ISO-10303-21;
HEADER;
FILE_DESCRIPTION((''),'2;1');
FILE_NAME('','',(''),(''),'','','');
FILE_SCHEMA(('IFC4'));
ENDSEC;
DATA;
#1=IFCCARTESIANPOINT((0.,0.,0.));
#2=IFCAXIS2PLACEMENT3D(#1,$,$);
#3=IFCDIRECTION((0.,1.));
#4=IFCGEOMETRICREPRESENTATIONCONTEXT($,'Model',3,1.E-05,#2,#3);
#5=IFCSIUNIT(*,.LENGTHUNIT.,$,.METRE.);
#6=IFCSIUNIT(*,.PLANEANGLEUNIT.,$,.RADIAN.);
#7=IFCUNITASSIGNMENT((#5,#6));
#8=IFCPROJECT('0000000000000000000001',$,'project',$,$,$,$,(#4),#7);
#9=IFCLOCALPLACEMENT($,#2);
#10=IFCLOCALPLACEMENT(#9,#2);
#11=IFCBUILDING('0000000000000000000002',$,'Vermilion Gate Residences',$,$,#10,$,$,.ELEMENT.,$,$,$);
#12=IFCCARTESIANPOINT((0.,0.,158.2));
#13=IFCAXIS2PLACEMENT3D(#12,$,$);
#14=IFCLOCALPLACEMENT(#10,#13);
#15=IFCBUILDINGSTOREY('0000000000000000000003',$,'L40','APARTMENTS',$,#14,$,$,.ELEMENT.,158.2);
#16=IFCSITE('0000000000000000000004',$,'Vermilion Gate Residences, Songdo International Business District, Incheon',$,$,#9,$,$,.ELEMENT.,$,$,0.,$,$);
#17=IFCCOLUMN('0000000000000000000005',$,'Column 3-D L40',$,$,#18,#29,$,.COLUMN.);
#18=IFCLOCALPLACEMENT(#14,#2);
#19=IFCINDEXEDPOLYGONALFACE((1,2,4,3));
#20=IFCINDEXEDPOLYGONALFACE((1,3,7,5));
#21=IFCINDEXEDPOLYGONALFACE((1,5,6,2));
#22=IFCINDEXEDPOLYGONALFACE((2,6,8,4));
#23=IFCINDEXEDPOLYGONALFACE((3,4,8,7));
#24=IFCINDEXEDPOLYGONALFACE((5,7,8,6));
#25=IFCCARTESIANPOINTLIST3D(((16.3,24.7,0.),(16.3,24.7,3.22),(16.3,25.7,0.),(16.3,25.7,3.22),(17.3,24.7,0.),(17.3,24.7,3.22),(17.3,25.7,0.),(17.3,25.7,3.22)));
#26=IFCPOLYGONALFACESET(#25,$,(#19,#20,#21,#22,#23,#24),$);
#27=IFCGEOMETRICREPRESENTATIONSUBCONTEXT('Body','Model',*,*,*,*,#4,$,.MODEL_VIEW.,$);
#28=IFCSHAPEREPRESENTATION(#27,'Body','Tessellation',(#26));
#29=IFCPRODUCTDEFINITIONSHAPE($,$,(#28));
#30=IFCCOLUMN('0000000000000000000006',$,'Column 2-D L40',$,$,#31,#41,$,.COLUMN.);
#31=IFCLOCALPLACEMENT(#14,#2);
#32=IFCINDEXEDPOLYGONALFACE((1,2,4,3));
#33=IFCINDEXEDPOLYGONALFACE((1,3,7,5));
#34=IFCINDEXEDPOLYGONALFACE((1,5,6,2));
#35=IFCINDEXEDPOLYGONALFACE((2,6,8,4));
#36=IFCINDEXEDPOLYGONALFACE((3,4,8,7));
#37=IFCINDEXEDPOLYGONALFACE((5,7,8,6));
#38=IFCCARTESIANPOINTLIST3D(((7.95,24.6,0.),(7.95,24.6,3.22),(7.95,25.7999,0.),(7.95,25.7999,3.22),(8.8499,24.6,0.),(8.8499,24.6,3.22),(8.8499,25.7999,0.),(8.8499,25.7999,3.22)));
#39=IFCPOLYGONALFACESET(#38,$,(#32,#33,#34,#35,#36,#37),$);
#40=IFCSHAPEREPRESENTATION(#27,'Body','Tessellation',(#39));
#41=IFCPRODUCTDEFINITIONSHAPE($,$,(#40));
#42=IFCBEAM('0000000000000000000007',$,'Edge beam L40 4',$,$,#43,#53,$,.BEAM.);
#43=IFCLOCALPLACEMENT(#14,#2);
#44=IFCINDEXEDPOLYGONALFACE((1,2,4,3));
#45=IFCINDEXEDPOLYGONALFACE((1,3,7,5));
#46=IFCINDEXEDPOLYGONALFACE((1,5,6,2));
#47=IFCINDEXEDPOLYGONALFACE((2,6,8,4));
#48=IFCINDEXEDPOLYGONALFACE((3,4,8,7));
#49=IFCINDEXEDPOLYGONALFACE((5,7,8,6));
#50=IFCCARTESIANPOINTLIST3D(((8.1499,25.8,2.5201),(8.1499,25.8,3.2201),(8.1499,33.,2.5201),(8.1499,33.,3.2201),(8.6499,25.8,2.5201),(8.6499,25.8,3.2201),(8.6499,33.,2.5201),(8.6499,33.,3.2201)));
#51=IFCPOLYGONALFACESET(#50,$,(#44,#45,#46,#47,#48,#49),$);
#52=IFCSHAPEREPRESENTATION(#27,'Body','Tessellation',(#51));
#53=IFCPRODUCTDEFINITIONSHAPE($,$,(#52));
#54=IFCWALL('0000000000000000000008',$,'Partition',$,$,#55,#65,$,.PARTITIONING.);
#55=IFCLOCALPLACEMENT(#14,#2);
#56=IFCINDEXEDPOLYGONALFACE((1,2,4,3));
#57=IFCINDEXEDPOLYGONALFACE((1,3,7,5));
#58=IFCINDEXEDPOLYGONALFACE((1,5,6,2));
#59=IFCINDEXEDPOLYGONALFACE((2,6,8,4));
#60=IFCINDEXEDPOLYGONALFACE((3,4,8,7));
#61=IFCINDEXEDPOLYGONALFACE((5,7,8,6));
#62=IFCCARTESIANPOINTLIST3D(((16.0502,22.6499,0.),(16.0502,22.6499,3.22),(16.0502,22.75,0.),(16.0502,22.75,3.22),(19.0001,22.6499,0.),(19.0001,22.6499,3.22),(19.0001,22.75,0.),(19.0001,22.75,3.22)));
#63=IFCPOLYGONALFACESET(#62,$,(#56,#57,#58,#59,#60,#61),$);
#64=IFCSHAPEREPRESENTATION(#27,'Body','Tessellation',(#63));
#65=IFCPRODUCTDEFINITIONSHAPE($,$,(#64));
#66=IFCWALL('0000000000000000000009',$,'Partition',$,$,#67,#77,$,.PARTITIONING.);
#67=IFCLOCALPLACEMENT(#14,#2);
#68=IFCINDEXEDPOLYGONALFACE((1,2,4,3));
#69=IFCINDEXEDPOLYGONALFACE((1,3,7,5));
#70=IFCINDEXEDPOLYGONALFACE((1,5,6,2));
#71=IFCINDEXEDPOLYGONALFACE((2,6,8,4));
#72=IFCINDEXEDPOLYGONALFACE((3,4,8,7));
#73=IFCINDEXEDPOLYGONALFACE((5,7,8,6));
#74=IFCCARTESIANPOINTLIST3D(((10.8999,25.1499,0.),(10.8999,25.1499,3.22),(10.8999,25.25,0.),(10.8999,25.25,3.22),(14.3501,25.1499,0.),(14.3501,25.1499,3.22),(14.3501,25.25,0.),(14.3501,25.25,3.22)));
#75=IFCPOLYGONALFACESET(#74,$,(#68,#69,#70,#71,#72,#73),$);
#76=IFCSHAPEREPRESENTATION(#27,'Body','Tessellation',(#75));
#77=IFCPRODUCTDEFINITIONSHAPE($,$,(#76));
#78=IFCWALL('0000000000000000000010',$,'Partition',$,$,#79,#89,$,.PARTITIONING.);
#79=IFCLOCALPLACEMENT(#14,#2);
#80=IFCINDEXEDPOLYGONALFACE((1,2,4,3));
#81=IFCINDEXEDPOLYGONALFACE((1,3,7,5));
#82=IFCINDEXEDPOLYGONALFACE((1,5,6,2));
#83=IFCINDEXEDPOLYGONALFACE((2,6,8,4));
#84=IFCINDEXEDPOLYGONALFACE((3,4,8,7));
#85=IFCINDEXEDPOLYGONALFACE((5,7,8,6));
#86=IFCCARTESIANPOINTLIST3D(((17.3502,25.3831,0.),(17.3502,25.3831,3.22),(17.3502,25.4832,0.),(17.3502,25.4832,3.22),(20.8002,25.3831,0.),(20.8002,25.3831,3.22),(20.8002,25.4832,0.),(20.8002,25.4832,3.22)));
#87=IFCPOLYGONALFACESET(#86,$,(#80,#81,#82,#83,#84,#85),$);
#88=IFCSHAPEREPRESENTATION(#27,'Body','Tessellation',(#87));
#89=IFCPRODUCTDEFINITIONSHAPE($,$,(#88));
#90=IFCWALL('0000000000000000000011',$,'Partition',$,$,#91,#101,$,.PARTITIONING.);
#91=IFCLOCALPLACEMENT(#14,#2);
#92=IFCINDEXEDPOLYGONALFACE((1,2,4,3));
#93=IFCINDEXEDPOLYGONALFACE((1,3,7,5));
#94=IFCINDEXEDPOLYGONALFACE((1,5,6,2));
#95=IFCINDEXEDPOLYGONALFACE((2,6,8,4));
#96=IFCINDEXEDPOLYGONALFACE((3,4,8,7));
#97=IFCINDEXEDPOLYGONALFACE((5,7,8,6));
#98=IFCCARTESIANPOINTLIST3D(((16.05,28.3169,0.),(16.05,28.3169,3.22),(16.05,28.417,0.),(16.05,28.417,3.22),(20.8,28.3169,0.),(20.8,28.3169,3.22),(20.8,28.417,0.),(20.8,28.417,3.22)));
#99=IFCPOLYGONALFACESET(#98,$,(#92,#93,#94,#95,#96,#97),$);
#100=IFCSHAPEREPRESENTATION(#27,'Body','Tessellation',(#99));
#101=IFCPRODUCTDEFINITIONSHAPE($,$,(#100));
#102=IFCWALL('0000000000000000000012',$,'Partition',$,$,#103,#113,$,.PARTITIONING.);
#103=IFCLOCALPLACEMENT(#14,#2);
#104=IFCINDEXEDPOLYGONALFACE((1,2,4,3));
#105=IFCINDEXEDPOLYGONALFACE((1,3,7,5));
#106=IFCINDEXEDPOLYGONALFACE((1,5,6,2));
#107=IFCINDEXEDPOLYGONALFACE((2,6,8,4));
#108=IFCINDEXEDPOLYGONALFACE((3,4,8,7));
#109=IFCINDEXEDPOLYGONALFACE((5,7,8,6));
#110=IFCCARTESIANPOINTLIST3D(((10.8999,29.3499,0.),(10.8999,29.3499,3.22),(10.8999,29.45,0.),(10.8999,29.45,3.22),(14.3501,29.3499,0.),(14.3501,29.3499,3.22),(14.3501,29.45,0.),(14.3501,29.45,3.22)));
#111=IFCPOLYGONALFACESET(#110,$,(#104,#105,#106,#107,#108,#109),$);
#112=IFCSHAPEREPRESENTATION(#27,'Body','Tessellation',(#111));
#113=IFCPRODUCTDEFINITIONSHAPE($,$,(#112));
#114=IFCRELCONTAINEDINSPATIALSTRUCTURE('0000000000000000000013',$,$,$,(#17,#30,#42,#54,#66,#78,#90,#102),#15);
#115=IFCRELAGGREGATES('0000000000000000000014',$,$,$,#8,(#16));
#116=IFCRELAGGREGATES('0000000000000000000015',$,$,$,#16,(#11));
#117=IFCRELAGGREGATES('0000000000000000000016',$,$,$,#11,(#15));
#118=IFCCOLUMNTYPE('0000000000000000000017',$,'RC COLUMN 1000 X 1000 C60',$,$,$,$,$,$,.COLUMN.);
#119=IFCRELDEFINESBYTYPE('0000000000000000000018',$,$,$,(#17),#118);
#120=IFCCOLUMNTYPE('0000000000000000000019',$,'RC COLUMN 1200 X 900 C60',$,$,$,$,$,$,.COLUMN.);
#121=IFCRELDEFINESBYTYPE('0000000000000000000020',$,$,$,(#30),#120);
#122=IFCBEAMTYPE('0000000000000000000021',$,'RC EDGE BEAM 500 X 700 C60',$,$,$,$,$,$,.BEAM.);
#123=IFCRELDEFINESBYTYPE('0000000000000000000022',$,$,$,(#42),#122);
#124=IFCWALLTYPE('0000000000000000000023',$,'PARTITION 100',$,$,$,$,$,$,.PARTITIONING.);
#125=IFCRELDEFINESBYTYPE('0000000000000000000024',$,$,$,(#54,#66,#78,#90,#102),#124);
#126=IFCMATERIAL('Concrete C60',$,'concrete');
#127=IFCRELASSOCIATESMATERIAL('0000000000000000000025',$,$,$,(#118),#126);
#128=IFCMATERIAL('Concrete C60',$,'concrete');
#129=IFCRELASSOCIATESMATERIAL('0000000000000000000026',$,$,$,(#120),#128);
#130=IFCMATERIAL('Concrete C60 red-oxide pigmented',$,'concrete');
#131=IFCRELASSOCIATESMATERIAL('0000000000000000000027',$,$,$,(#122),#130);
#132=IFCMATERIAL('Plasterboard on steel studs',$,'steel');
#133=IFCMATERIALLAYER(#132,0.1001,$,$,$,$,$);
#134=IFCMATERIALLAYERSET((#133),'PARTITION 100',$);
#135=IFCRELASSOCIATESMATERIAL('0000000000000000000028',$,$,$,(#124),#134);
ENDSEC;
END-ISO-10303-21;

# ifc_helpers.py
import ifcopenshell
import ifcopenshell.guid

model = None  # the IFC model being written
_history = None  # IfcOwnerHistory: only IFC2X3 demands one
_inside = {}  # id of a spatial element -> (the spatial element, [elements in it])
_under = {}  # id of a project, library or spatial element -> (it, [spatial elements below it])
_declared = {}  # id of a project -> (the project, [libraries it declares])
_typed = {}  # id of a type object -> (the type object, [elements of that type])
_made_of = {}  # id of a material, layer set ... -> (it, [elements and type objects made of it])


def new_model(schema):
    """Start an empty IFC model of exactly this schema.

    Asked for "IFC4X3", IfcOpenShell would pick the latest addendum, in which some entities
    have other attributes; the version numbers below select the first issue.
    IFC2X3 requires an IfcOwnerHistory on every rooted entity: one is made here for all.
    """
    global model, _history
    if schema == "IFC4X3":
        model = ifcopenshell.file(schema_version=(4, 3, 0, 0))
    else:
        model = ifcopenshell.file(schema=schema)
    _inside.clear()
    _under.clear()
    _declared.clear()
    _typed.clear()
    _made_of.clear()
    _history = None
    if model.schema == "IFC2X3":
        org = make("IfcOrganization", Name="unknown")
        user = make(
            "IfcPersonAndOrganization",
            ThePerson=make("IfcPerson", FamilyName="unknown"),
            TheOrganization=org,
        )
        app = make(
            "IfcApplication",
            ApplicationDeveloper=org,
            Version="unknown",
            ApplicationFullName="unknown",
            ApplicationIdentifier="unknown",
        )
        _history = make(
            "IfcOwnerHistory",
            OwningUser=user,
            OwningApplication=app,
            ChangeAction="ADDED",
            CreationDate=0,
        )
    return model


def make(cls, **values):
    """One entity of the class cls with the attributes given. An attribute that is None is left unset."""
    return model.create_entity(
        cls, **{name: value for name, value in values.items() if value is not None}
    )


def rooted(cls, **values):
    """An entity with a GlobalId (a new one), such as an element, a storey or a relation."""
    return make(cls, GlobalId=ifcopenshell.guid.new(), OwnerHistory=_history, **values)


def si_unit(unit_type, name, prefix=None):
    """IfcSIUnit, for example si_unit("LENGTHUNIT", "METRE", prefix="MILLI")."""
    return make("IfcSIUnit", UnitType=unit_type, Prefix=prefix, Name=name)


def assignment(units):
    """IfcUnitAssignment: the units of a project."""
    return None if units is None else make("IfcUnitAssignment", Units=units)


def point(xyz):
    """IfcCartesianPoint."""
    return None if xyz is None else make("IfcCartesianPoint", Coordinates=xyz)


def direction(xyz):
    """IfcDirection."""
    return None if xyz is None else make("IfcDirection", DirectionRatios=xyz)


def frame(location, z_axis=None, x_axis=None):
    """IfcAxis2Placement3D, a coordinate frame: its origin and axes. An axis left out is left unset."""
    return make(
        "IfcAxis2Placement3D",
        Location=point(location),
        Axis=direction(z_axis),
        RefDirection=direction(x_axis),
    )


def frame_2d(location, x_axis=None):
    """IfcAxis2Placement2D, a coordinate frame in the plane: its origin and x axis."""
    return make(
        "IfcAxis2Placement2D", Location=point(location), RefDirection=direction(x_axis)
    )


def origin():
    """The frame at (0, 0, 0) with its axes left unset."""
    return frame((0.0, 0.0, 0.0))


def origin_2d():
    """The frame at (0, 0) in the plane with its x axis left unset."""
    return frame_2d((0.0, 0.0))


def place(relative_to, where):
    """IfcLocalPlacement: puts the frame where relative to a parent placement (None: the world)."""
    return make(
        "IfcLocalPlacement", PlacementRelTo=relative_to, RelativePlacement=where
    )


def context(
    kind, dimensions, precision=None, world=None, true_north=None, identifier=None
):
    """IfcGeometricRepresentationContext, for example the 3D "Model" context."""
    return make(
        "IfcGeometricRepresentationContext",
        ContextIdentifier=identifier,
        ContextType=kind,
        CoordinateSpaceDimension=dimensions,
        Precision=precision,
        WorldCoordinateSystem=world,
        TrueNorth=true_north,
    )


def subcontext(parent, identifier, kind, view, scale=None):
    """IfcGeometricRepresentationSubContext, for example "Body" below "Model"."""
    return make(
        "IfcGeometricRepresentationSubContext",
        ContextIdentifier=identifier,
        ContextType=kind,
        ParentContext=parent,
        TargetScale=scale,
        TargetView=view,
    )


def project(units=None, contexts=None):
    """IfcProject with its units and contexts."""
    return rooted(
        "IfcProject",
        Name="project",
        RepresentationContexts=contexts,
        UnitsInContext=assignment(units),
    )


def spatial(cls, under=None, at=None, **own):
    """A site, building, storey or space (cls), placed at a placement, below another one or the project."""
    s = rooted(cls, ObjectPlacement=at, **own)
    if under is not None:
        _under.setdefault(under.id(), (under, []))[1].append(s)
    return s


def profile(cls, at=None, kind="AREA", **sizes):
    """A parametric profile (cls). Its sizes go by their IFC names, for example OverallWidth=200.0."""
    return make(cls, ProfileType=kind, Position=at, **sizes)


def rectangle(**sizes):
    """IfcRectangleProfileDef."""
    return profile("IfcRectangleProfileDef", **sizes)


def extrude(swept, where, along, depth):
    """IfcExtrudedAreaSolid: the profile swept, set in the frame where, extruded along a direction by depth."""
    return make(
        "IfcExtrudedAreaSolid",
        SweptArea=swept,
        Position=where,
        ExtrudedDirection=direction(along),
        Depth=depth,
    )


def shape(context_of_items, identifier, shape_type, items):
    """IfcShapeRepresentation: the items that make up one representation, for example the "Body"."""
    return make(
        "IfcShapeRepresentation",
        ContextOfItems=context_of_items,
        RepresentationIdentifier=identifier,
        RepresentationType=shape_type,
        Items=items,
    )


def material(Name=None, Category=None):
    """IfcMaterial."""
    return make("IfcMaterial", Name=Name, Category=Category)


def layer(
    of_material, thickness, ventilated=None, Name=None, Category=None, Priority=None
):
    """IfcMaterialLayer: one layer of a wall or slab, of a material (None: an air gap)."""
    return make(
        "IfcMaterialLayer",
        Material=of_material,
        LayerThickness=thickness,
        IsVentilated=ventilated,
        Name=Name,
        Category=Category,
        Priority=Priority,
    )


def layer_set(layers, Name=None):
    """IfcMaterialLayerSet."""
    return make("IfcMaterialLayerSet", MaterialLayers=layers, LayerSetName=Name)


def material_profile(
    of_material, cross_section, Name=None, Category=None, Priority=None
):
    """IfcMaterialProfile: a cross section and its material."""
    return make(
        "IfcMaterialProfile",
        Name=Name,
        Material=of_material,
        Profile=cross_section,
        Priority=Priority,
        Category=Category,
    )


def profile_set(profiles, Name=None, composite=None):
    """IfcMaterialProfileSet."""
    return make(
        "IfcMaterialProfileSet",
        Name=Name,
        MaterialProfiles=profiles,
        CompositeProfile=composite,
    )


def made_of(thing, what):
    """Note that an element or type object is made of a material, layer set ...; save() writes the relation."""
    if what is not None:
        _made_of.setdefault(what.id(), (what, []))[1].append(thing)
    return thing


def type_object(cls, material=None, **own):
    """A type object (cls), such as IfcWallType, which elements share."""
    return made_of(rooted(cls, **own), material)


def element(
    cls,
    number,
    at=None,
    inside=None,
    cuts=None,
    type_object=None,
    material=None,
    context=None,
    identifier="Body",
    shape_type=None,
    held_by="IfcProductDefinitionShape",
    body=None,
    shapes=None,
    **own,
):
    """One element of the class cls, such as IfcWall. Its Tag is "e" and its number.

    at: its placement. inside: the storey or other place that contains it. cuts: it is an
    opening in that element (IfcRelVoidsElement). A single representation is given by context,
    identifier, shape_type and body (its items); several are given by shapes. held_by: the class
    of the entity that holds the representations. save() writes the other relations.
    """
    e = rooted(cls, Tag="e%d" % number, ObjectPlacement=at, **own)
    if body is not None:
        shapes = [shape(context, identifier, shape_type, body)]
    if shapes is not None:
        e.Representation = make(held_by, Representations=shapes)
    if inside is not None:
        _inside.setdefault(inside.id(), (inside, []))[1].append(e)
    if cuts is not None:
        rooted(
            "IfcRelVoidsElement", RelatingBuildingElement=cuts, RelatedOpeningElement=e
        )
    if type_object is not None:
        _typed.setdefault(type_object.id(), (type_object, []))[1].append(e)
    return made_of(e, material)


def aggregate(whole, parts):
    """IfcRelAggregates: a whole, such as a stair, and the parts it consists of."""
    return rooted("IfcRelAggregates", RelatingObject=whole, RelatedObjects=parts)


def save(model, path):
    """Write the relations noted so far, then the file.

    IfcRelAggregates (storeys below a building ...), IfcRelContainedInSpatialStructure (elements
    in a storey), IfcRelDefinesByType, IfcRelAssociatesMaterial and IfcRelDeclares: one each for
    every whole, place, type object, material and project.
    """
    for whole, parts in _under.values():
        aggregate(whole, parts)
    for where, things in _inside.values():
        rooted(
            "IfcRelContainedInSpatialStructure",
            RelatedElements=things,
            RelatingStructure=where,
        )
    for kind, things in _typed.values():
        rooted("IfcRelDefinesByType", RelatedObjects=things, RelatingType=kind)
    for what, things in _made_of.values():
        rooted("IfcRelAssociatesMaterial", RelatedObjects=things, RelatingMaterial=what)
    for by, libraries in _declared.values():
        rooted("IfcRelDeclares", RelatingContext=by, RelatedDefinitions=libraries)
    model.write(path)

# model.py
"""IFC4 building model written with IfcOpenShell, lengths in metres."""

from ifc_helpers import new_model, si_unit, direction, frame, frame_2d, origin, origin_2d, place, context, subcontext, project, spatial, rectangle, extrude, material, layer, layer_set, material_profile, profile_set, type_object, element, save


model = new_model("IFC4")

# Units and contexts
model_context = context("Model", 3, precision=1e-05, world=origin(), true_north=direction((0.0, 1.0)))
body_context = subcontext(model_context, "Body", "Model", "MODEL_VIEW")
ifc_project = project(units=[si_unit("LENGTHUNIT", "METRE"), si_unit("PLANEANGLEUNIT", "RADIAN")], contexts=[model_context])

# Site, building, storey
site_placement = place(None, origin())
site = spatial("IfcSite", under=ifc_project, at=site_placement, Name="Vermilion Gate Residences, Songdo International Business District, Incheon", CompositionType="ELEMENT", RefElevation=0.0)
building_placement = place(site_placement, origin())
building = spatial("IfcBuilding", under=site, at=building_placement, Name="Vermilion Gate Residences", CompositionType="ELEMENT")
storey_placement = place(building_placement, frame((0.0, 0.0, 158.2)))
storey = spatial("IfcBuildingStorey", under=building, at=storey_placement, Name="L40", Description="APARTMENTS", CompositionType="ELEMENT", Elevation=158.2)

# Columns
ifc_material_1 = material(Name="Concrete C60", Category="concrete")
ifc_material_profile_1 = material_profile(ifc_material_1, rectangle(XDim=1.0, YDim=1.0, at=origin_2d()), Name="RC-1000x1000")
ifc_profile_set_1 = profile_set([ifc_material_profile_1], Name="Concrete C60")
column_type_1 = type_object("IfcColumnType", Name="RC COLUMN 1000 X 1000 C60", PredefinedType="COLUMN", material=ifc_profile_set_1)
column_1_placement = place(storey_placement, frame((16.8, 25.2, 0.0), z_axis=(0.0, 0.0, 1.0), x_axis=(1.0, 0.0, 0.0)))
element("IfcColumn", 1, at=column_1_placement, inside=storey, type_object=column_type_1, Name="Column 3-D L40", PredefinedType="COLUMN", context=body_context, shape_type="SweptSolid", body=[
    extrude(rectangle(XDim=1.0, YDim=1.0, at=origin_2d()), origin(), (0.0, 0.0, 1.0), 3.22),
])
ifc_material_2 = material(Name="Concrete C60", Category="concrete")
ifc_material_profile_2 = material_profile(ifc_material_2, rectangle(XDim=1.2, YDim=0.8999, at=origin_2d()), Name="RC-1200x900")
ifc_profile_set_2 = profile_set([ifc_material_profile_2], Name="Concrete C60")
column_type_2 = type_object("IfcColumnType", Name="RC COLUMN 1200 X 900 C60", PredefinedType="COLUMN", material=ifc_profile_set_2)
column_2_placement = place(storey_placement, frame((8.3999, 25.2, 0.0), z_axis=(0.0, 0.0, 1.0), x_axis=(0.0, 1.0, 0.0)))
element("IfcColumn", 2, at=column_2_placement, inside=storey, type_object=column_type_2, Name="Column 2-D L40", PredefinedType="COLUMN", context=body_context, shape_type="SweptSolid", body=[
    extrude(rectangle(XDim=1.2, YDim=0.8999, at=origin_2d()), origin(), (0.0, 0.0, 1.0), 3.22),
])

# Beam
ifc_material_3 = material(Name="Concrete C60 red-oxide pigmented", Category="concrete")
ifc_material_profile_3 = material_profile(ifc_material_3, rectangle(XDim=0.5, YDim=0.7, at=origin_2d()), Name="RC-500x700")
ifc_profile_set_3 = profile_set([ifc_material_profile_3], Name="Concrete C60 red-oxide pigmented")
beam_type = type_object("IfcBeamType", Name="RC EDGE BEAM 500 X 700 C60", PredefinedType="BEAM", material=ifc_profile_set_3)
beam_placement = place(storey_placement, frame((8.3999, 25.8, 2.8701), z_axis=(0.0, 1.0, 0.0), x_axis=(-1.0, 0.0, 0.0)))
element("IfcBeam", 3, at=beam_placement, inside=storey, type_object=beam_type, Name="Edge beam L40 4", PredefinedType="BEAM", context=body_context, shape_type="SweptSolid", body=[
    extrude(rectangle(XDim=0.5, YDim=0.7, at=origin_2d()), origin(), (0.0, 0.0, 1.0), 7.2),
])

# Walls
ifc_material_4 = material(Name="Plasterboard on steel studs", Category="steel")
ifc_layer_1 = layer(ifc_material_4, 0.1001)
ifc_layer_set_1 = layer_set([ifc_layer_1], Name="PARTITION 100")
wall_type_1 = type_object("IfcWallType", Name="PARTITION 100", PredefinedType="PARTITIONING", material=ifc_layer_set_1)
wall_1_placement = place(storey_placement, frame((16.05, 22.7, 0.0), z_axis=(0.0, 0.0, 1.0), x_axis=(1.0, 0.0, 0.0)))
element("IfcWall", 4, at=wall_1_placement, inside=storey, type_object=wall_type_1, Name="Partition", PredefinedType="PARTITIONING", context=body_context, shape_type="SweptSolid", body=[
    extrude(rectangle(XDim=2.95, YDim=0.1001, at=frame_2d((1.4751, 0.0))), origin(), (0.0, 0.0, 1.0), 3.22),
])
wall_2_placement = place(storey_placement, frame((10.8999, 25.2, 0.0), z_axis=(0.0, 0.0, 1.0), x_axis=(1.0, 0.0, 0.0)))
element("IfcWall", 5, at=wall_2_placement, inside=storey, type_object=wall_type_1, Name="Partition", PredefinedType="PARTITIONING", context=body_context, shape_type="SweptSolid", body=[
    extrude(rectangle(XDim=3.4502, YDim=0.1001, at=frame_2d((1.7251, 0.0))), origin(), (0.0, 0.0, 1.0), 3.22),
])
wall_3_placement = place(storey_placement, frame((17.3501, 25.4331, 0.0), z_axis=(0.0, 0.0, 1.0), x_axis=(1.0, 0.0, 0.0)))
element("IfcWall", 6, at=wall_3_placement, inside=storey, type_object=wall_type_1, Name="Partition", PredefinedType="PARTITIONING", context=body_context, shape_type="SweptSolid", body=[
    extrude(rectangle(XDim=3.45, YDim=0.1001, at=frame_2d((1.7251, 0.0))), origin(), (0.0, 0.0, 1.0), 3.22),
])
wall_4_placement = place(storey_placement, frame((16.05, 28.3669, 0.0), z_axis=(0.0, 0.0, 1.0), x_axis=(1.0, 0.0, 0.0)))
element("IfcWall", 7, at=wall_4_placement, inside=storey, type_object=wall_type_1, Name="Partition", PredefinedType="PARTITIONING", context=body_context, shape_type="SweptSolid", body=[
    extrude(rectangle(XDim=4.75, YDim=0.1001, at=frame_2d((2.375, 0.0))), origin(), (0.0, 0.0, 1.0), 3.22),
])
wall_5_placement = place(storey_placement, frame((10.8999, 29.3999, 0.0), z_axis=(0.0, 0.0, 1.0), x_axis=(1.0, 0.0, 0.0)))
element("IfcWall", 8, at=wall_5_placement, inside=storey, type_object=wall_type_1, Name="Partition", PredefinedType="PARTITIONING", context=body_context, shape_type="SweptSolid", body=[
    extrude(rectangle(XDim=3.4502, YDim=0.1001, at=frame_2d((1.7251, 0.0))), origin(), (0.0, 0.0, 1.0), 3.22),
])

save(model, "model.ifc")
